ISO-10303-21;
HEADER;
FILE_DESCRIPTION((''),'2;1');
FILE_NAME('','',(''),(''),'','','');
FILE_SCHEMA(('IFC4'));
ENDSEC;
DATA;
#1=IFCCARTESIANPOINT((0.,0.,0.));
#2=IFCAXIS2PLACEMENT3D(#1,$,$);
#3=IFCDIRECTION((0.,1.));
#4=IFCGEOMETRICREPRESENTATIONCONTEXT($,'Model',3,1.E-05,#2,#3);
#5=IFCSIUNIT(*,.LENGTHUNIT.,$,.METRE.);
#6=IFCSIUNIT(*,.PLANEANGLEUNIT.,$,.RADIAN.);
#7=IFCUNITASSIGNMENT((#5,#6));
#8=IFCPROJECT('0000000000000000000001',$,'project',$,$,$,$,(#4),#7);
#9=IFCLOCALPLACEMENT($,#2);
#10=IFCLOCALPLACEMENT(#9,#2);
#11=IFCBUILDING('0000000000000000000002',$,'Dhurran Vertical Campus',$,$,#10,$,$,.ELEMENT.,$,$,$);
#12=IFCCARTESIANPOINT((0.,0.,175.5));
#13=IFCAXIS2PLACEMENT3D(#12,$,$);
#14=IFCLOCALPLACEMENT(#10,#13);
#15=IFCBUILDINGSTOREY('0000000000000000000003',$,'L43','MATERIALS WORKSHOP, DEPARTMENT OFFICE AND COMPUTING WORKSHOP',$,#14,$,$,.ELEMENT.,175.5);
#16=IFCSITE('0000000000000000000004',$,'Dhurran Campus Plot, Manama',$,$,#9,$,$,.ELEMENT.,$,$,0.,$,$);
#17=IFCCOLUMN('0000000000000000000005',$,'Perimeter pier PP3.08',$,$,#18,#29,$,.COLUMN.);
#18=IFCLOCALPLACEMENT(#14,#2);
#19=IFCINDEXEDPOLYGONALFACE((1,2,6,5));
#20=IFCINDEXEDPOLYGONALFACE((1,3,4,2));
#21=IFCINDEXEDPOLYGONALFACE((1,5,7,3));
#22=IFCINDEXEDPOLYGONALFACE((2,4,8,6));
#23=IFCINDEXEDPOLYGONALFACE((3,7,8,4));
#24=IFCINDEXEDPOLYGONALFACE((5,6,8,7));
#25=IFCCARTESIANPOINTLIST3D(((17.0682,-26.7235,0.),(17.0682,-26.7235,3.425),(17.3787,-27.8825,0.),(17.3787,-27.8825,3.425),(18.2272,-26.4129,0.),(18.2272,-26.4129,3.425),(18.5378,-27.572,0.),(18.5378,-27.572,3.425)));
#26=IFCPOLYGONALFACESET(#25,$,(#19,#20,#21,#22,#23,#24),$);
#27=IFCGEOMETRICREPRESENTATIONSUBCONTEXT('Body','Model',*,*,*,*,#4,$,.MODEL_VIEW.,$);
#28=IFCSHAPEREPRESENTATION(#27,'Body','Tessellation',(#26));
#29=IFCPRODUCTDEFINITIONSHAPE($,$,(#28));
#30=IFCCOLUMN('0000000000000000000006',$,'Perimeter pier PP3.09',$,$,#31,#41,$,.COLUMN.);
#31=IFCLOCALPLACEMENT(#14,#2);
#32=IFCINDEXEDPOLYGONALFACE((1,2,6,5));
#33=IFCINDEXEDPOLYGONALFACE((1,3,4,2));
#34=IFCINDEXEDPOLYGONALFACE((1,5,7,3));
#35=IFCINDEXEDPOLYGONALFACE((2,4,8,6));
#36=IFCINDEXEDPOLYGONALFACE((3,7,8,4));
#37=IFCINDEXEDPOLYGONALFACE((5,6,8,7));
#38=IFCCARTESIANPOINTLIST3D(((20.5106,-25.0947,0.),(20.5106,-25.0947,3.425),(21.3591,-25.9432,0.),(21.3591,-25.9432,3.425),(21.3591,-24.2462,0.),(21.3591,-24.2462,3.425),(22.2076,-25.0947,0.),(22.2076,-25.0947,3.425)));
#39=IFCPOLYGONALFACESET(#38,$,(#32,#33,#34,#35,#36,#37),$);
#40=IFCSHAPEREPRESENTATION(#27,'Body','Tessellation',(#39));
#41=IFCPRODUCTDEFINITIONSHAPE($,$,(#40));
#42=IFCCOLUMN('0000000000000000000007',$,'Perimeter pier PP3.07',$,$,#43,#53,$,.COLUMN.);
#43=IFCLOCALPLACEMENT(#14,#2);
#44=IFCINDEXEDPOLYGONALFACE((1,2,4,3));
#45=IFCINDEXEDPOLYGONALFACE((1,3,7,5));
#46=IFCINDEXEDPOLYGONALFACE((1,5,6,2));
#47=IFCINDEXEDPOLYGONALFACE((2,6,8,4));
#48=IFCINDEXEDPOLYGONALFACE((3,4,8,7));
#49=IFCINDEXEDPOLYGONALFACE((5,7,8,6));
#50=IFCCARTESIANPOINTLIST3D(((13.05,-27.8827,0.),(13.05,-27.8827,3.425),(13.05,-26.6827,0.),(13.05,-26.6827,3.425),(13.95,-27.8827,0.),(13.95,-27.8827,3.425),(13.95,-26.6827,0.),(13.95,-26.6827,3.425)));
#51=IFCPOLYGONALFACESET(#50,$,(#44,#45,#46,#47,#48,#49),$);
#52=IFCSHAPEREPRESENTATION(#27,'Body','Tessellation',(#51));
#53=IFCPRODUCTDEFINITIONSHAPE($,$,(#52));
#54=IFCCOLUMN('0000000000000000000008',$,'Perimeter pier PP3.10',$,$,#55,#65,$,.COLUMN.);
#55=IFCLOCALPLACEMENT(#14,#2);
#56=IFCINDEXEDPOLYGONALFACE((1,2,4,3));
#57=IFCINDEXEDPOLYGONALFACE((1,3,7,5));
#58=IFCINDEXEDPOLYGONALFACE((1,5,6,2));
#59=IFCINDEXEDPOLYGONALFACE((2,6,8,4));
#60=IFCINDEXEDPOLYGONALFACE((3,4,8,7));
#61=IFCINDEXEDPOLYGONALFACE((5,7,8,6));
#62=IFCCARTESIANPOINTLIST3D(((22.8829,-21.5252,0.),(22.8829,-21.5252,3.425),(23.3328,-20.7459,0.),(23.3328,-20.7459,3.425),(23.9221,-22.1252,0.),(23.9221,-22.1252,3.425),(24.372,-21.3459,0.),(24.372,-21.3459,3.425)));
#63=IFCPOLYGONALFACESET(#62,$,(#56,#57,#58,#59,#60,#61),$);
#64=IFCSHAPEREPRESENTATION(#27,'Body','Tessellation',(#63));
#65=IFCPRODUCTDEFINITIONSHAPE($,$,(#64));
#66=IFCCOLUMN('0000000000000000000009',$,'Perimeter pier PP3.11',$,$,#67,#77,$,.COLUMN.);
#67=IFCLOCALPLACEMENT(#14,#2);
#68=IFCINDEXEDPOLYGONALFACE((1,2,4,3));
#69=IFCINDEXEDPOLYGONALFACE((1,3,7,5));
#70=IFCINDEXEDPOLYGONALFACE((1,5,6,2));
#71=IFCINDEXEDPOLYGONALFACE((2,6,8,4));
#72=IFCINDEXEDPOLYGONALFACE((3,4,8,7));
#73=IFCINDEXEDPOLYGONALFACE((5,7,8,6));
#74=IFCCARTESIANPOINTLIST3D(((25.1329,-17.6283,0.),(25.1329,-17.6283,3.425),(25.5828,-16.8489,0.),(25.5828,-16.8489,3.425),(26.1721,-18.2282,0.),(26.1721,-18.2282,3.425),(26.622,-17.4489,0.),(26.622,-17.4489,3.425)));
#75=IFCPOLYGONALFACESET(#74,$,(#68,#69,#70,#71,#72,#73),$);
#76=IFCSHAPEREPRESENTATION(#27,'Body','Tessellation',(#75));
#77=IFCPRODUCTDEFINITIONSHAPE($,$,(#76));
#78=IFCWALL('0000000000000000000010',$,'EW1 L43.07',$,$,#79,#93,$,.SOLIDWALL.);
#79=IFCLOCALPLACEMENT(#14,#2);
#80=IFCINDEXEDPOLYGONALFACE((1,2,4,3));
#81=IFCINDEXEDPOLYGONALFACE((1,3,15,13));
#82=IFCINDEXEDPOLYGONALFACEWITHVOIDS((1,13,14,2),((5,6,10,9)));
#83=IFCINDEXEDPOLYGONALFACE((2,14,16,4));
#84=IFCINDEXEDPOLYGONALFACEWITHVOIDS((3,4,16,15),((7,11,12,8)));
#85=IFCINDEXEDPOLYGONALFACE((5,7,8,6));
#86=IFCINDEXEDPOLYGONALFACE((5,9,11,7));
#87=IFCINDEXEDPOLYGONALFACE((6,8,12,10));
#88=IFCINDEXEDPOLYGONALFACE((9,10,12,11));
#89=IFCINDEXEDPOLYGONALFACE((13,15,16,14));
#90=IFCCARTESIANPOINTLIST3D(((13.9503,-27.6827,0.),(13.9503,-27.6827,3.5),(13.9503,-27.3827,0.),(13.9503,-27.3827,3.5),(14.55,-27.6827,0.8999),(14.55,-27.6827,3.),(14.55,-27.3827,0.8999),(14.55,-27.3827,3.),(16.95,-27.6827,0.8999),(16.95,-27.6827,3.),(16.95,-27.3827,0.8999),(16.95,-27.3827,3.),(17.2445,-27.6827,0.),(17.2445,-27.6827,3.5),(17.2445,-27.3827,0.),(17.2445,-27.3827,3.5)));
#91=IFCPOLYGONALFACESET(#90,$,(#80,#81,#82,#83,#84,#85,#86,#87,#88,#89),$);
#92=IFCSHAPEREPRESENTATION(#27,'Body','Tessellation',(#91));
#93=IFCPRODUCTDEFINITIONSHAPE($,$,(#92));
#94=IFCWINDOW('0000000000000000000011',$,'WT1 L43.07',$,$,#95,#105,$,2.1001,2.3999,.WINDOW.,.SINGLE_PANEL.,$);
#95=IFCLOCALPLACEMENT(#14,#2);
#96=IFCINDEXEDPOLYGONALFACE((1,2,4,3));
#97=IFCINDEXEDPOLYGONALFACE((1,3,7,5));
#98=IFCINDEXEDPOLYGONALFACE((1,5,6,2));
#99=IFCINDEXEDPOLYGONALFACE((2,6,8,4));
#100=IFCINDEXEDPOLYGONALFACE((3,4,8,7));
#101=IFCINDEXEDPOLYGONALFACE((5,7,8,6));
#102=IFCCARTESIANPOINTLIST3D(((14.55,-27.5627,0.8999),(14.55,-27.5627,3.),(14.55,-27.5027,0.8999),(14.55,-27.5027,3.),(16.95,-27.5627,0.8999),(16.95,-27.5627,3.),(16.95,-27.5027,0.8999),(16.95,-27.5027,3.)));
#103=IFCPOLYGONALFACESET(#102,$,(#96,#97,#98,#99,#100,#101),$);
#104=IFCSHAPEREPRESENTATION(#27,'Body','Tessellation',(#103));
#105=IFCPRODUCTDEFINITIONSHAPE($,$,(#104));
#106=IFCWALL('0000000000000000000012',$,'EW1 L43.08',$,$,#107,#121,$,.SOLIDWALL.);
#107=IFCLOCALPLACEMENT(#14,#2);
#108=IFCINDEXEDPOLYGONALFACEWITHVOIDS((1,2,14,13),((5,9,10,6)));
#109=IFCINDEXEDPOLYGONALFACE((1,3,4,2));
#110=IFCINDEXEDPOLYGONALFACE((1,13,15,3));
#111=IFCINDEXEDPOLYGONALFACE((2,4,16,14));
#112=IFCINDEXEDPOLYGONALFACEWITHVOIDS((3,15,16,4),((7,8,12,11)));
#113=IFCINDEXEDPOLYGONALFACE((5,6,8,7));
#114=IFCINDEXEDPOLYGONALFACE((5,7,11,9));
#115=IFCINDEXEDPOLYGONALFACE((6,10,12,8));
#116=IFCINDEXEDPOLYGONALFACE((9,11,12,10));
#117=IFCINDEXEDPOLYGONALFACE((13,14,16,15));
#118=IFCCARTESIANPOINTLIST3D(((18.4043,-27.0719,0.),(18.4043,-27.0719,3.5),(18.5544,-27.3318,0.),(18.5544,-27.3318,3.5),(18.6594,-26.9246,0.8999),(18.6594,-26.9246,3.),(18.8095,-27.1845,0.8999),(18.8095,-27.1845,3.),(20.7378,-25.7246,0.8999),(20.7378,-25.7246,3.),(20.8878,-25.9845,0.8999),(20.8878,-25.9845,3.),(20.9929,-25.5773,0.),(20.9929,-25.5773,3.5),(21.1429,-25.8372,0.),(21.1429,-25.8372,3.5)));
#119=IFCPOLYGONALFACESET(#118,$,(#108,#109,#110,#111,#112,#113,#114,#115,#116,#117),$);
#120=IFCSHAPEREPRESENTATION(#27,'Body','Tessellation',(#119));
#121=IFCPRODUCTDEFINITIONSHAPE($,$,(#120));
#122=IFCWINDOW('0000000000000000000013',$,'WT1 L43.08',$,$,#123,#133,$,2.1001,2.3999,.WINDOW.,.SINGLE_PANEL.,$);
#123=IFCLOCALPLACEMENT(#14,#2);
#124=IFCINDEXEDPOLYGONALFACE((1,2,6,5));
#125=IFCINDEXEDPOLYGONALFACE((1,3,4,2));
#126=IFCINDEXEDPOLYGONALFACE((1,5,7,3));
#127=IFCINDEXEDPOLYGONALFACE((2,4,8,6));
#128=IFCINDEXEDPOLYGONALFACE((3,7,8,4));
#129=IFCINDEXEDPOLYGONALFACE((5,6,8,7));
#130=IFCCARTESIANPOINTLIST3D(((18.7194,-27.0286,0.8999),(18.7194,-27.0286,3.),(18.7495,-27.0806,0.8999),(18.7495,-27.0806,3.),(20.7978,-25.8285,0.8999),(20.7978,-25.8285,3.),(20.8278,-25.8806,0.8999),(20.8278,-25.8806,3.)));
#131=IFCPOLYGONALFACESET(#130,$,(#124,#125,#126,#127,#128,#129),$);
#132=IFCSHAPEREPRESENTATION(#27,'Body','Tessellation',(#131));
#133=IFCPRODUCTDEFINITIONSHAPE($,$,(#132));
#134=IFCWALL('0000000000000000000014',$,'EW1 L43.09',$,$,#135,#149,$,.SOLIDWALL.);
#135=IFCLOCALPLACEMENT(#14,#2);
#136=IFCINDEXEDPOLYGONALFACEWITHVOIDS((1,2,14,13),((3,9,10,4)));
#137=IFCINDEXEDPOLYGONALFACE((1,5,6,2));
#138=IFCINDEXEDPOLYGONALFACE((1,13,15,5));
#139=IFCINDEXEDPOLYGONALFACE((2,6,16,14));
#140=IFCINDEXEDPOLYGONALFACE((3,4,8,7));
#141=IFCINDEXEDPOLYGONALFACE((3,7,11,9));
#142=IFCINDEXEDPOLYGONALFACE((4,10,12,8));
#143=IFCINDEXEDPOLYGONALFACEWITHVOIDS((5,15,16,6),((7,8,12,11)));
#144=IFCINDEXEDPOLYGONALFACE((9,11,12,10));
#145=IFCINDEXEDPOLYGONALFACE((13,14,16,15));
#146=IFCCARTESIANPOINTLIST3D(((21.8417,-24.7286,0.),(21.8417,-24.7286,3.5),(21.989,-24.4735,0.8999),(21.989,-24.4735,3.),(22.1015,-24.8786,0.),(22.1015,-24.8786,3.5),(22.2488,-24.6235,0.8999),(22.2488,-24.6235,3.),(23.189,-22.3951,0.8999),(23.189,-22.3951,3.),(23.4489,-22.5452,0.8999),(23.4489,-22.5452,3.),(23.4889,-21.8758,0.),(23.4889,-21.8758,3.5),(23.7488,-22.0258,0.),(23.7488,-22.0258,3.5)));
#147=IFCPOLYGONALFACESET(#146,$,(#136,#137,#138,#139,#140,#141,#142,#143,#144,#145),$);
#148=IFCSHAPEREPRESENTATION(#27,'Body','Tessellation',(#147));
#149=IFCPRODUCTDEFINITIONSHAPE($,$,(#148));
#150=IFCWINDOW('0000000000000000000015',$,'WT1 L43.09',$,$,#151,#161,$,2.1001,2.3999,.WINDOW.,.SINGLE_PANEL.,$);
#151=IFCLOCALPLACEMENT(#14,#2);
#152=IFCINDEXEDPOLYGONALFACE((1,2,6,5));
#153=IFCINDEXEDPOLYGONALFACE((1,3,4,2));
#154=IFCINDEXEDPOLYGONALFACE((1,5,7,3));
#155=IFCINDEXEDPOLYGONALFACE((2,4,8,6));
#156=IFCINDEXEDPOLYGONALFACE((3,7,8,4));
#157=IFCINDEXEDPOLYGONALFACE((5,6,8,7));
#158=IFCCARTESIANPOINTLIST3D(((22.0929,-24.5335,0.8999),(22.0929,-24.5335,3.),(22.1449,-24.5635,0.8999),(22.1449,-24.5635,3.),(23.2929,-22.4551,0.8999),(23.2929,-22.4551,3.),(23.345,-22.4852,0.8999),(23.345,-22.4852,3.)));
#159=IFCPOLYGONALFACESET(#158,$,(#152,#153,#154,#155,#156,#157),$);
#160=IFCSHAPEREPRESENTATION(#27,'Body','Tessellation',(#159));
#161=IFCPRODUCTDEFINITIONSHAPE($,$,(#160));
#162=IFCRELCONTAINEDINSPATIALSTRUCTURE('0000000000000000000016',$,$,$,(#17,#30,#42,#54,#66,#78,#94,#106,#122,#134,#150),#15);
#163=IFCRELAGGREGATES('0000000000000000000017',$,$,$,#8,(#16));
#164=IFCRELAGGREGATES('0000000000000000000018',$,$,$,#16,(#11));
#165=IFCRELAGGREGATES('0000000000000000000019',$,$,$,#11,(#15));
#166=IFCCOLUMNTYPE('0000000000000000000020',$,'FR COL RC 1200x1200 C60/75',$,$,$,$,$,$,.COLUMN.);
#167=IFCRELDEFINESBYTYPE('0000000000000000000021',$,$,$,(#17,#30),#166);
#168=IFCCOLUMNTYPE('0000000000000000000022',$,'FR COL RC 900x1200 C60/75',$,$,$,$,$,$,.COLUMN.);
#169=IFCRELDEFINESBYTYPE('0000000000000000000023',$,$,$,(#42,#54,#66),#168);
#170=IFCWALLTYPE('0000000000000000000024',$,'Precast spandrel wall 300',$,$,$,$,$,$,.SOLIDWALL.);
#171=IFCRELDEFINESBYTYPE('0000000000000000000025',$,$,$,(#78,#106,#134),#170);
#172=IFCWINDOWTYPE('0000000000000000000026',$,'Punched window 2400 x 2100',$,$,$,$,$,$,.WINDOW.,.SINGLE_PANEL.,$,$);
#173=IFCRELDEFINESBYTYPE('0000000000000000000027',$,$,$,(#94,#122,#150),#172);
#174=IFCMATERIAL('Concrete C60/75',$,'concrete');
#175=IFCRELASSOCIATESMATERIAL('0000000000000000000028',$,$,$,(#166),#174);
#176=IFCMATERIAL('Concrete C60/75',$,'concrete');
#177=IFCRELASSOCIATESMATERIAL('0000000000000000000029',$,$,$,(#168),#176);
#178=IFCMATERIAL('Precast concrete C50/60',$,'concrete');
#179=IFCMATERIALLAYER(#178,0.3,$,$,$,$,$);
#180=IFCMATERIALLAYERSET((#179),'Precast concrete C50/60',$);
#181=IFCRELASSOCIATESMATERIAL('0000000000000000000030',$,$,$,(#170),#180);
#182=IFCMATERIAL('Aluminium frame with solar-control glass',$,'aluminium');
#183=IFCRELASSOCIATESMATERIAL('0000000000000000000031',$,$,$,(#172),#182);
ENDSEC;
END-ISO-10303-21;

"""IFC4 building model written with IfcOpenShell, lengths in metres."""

from ifc_helpers import new_model, si_unit, direction, frame, frame_2d, origin, origin_2d, place, context, subcontext, project, spatial, rectangle, extrude, material, layer, layer_set, material_profile, profile_set, type_object, element, fill, save


model = new_model("IFC4")

# Units and contexts
model_context = context("Model", 3, precision=1e-05, world=origin(), true_north=direction((0.0, 1.0)))
body_context = subcontext(model_context, "Body", "Model", "MODEL_VIEW")
ifc_project = project(units=[si_unit("LENGTHUNIT", "METRE"), si_unit("PLANEANGLEUNIT", "RADIAN")], contexts=[model_context])

# Site, building, storey
site_placement = place(None, origin())
site = spatial("IfcSite", under=ifc_project, at=site_placement, Name="Dhurran Campus Plot, Manama", CompositionType="ELEMENT", RefElevation=0.0)
building_placement = place(site_placement, origin())
building = spatial("IfcBuilding", under=site, at=building_placement, Name="Dhurran Vertical Campus", CompositionType="ELEMENT")
storey_placement = place(building_placement, frame((0.0, 0.0, 175.5)))
storey = spatial("IfcBuildingStorey", under=building, at=storey_placement, Name="L43", Description="MATERIALS WORKSHOP, DEPARTMENT OFFICE AND COMPUTING WORKSHOP", CompositionType="ELEMENT", Elevation=175.5)

# Columns
ifc_material_1 = material(Name="Concrete C60/75", Category="concrete")
ifc_material_profile_1 = material_profile(ifc_material_1, rectangle(XDim=1.2, YDim=1.2, at=origin_2d()), Name="RC 1200x1200")
ifc_profile_set_1 = profile_set([ifc_material_profile_1], Name="Concrete C60/75")
column_type_1 = type_object("IfcColumnType", Name="FR COL RC 1200x1200 C60/75", PredefinedType="COLUMN", material=ifc_profile_set_1)
for number, where, z_axis, x_axis, name in (
    (1, (17.803, -27.1477, 0.0), (0.0, 0.0, 1.0), (0.965926, 0.258819, 0.0), "Perimeter pier PP3.08"),
    (2, (21.3591, -25.0947, 0.0), (0.0, 0.0, 1.0), (0.707107, 0.707107, 0.0), "Perimeter pier PP3.09"),
):
    element("IfcColumn", number, at=place(storey_placement, frame(where, z_axis=z_axis, x_axis=x_axis)), inside=storey, type_object=column_type_1, Name=name, PredefinedType="COLUMN", context=body_context, shape_type="SweptSolid", body=[
        extrude(rectangle(XDim=1.2, YDim=1.2, at=origin_2d()), origin(), (0.0, 0.0, 1.0), 3.425),
    ])
ifc_material_2 = material(Name="Concrete C60/75", Category="concrete")
ifc_material_profile_2 = material_profile(ifc_material_2, rectangle(XDim=0.8999, YDim=1.2, at=origin_2d()), Name="RC 900x1200")
ifc_profile_set_2 = profile_set([ifc_material_profile_2], Name="Concrete C60/75")
column_type_2 = type_object("IfcColumnType", Name="FR COL RC 900x1200 C60/75", PredefinedType="COLUMN", material=ifc_profile_set_2)
for number, where, z_axis, x_axis, name in (
    (3, (13.5, -27.2827, 0.0), (0.0, 0.0, 1.0), (1.0, 0.0, 0.0), "Perimeter pier PP3.07"),
    (4, (23.6274, -21.4355, 0.0), (0.0, 0.0, 1.0), (0.5, 0.866025, 0.0), "Perimeter pier PP3.10"),
    (5, (25.8774, -17.5386, 0.0), (0.0, 0.0, 1.0), (0.5, 0.866025, 0.0), "Perimeter pier PP3.11"),
):
    element("IfcColumn", number, at=place(storey_placement, frame(where, z_axis=z_axis, x_axis=x_axis)), inside=storey, type_object=column_type_2, Name=name, PredefinedType="COLUMN", context=body_context, shape_type="SweptSolid", body=[
        extrude(rectangle(XDim=0.8999, YDim=1.2, at=origin_2d()), origin(), (0.0, 0.0, 1.0), 3.425),
    ])

# Walls, openings, windows
ifc_material_3 = material(Name="Precast concrete C50/60", Category="concrete")
ifc_layer_1 = layer(ifc_material_3, 0.3)
ifc_layer_set_1 = layer_set([ifc_layer_1], Name="Precast concrete C50/60")
wall_type_1 = type_object("IfcWallType", Name="Precast spandrel wall 300", PredefinedType="SOLIDWALL", material=ifc_layer_set_1)
wall_1_placement = place(storey_placement, frame((13.9504, -27.5327, 0.0), z_axis=(0.0, 0.0, 1.0), x_axis=(1.0, 0.0, 0.0)))
wall_1 = element("IfcWall", 6, at=wall_1_placement, inside=storey, type_object=wall_type_1, Name="EW1 L43.07", PredefinedType="SOLIDWALL", context=body_context, shape_type="SweptSolid", body=[
    extrude(rectangle(XDim=3.2942, YDim=0.3, at=frame_2d((1.647, 0.0))), origin(), (0.0, 0.0, 1.0), 3.5),
])
opening_1_placement = place(wall_1_placement, frame((0.5996, 0.0, 0.8999)))
opening_1 = element("IfcOpeningElement", 7, at=opening_1_placement, cuts=wall_1, PredefinedType="OPENING", context=body_context, shape_type="SweptSolid", body=[
    extrude(rectangle(XDim=2.3999, YDim=2.1001, at=frame_2d((1.2, 1.05))), frame((0.0, 0.1599, 0.0), z_axis=(0.0, -1.0, 0.0), x_axis=(1.0, 0.0, 0.0)), (0.0, 0.0, 1.0), 0.3201),
])
ifc_material_4 = material(Name="Aluminium frame with solar-control glass", Category="aluminium")
window_type = type_object("IfcWindowType", Name="Punched window 2400 x 2100", PartitioningType="SINGLE_PANEL", PredefinedType="WINDOW", material=ifc_material_4)
window_1_placement = place(opening_1_placement, origin())
window_1 = element("IfcWindow", 8, at=window_1_placement, inside=storey, type_object=window_type, Name="WT1 L43.07", OverallHeight=2.1001, OverallWidth=2.3999, PartitioningType="SINGLE_PANEL", PredefinedType="WINDOW", context=body_context, shape_type="SweptSolid", body=[
    extrude(rectangle(XDim=2.3999, YDim=2.1001, at=frame_2d((1.2, 1.05))), frame((0.0, 0.03, 0.0), z_axis=(0.0, -1.0, 0.0), x_axis=(1.0, 0.0, 0.0)), (0.0, 0.0, 1.0), 0.0601),
])
fill(opening_1, window_1)
wall_2_placement = place(storey_placement, frame((18.4792, -27.2019, 0.0), z_axis=(0.0, 0.0, 1.0), x_axis=(0.866013, 0.500022, 0.0)))
wall_2 = element("IfcWall", 9, at=wall_2_placement, inside=storey, type_object=wall_type_1, Name="EW1 L43.08", PredefinedType="SOLIDWALL", context=body_context, shape_type="SweptSolid", body=[
    extrude(rectangle(XDim=2.989, YDim=0.3, at=frame_2d((1.4946, 0.0))), origin(), (0.0, 0.0, 1.0), 3.5),
])
opening_2_placement = place(wall_2_placement, frame((0.2947, 0.0, 0.8999)))
opening_2 = element("IfcOpeningElement", 10, at=opening_2_placement, cuts=wall_2, PredefinedType="OPENING", context=body_context, shape_type="SweptSolid", body=[
    extrude(rectangle(XDim=2.3999, YDim=2.1001, at=frame_2d((1.2, 1.05))), frame((0.0, 0.1599, 0.0), z_axis=(0.0, -1.0, 0.0), x_axis=(1.0, 0.0, 0.0)), (0.0, 0.0, 1.0), 0.3201),
])
window_2_placement = place(opening_2_placement, origin())
window_2 = element("IfcWindow", 11, at=window_2_placement, inside=storey, type_object=window_type, Name="WT1 L43.08", OverallHeight=2.1001, OverallWidth=2.3999, PartitioningType="SINGLE_PANEL", PredefinedType="WINDOW", context=body_context, shape_type="SweptSolid", body=[
    extrude(rectangle(XDim=2.3999, YDim=2.1001, at=frame_2d((1.2, 1.05))), frame((0.0, 0.03, 0.0), z_axis=(0.0, -1.0, 0.0), x_axis=(1.0, 0.0, 0.0)), (0.0, 0.0, 1.0), 0.0601),
])
fill(opening_2, window_2)
wall_3_placement = place(storey_placement, frame((21.9717, -24.8035, 0.0), z_axis=(0.0, 0.0, 1.0), x_axis=(0.500037, 0.866004, 0.0)))
wall_3 = element("IfcWall", 12, at=wall_3_placement, inside=storey, type_object=wall_type_1, Name="EW1 L43.09", PredefinedType="SOLIDWALL", context=body_context, shape_type="SweptSolid", body=[
    extrude(rectangle(XDim=3.2942, YDim=0.3, at=frame_2d((1.647, 0.0))), origin(), (0.0, 0.0, 1.0), 3.5),
])
opening_3_placement = place(wall_3_placement, frame((0.2944, 0.0, 0.8999)))
opening_3 = element("IfcOpeningElement", 13, at=opening_3_placement, cuts=wall_3, PredefinedType="OPENING", context=body_context, shape_type="SweptSolid", body=[
    extrude(rectangle(XDim=2.3999, YDim=2.1001, at=frame_2d((1.2, 1.05))), frame((0.0, 0.1599, 0.0), z_axis=(0.0, -1.0, 0.0), x_axis=(1.0, 0.0, 0.0)), (0.0, 0.0, 1.0), 0.3201),
])
window_3_placement = place(opening_3_placement, origin())
window_3 = element("IfcWindow", 14, at=window_3_placement, inside=storey, type_object=window_type, Name="WT1 L43.09", OverallHeight=2.1001, OverallWidth=2.3999, PartitioningType="SINGLE_PANEL", PredefinedType="WINDOW", context=body_context, shape_type="SweptSolid", body=[
    extrude(rectangle(XDim=2.3999, YDim=2.1001, at=frame_2d((1.2, 1.05))), frame((0.0, 0.03, 0.0), z_axis=(0.0, -1.0, 0.0), x_axis=(1.0, 0.0, 0.0)), (0.0, 0.0, 1.0), 0.0601),
])
fill(opening_3, window_3)

save(model, "model.ifc")
